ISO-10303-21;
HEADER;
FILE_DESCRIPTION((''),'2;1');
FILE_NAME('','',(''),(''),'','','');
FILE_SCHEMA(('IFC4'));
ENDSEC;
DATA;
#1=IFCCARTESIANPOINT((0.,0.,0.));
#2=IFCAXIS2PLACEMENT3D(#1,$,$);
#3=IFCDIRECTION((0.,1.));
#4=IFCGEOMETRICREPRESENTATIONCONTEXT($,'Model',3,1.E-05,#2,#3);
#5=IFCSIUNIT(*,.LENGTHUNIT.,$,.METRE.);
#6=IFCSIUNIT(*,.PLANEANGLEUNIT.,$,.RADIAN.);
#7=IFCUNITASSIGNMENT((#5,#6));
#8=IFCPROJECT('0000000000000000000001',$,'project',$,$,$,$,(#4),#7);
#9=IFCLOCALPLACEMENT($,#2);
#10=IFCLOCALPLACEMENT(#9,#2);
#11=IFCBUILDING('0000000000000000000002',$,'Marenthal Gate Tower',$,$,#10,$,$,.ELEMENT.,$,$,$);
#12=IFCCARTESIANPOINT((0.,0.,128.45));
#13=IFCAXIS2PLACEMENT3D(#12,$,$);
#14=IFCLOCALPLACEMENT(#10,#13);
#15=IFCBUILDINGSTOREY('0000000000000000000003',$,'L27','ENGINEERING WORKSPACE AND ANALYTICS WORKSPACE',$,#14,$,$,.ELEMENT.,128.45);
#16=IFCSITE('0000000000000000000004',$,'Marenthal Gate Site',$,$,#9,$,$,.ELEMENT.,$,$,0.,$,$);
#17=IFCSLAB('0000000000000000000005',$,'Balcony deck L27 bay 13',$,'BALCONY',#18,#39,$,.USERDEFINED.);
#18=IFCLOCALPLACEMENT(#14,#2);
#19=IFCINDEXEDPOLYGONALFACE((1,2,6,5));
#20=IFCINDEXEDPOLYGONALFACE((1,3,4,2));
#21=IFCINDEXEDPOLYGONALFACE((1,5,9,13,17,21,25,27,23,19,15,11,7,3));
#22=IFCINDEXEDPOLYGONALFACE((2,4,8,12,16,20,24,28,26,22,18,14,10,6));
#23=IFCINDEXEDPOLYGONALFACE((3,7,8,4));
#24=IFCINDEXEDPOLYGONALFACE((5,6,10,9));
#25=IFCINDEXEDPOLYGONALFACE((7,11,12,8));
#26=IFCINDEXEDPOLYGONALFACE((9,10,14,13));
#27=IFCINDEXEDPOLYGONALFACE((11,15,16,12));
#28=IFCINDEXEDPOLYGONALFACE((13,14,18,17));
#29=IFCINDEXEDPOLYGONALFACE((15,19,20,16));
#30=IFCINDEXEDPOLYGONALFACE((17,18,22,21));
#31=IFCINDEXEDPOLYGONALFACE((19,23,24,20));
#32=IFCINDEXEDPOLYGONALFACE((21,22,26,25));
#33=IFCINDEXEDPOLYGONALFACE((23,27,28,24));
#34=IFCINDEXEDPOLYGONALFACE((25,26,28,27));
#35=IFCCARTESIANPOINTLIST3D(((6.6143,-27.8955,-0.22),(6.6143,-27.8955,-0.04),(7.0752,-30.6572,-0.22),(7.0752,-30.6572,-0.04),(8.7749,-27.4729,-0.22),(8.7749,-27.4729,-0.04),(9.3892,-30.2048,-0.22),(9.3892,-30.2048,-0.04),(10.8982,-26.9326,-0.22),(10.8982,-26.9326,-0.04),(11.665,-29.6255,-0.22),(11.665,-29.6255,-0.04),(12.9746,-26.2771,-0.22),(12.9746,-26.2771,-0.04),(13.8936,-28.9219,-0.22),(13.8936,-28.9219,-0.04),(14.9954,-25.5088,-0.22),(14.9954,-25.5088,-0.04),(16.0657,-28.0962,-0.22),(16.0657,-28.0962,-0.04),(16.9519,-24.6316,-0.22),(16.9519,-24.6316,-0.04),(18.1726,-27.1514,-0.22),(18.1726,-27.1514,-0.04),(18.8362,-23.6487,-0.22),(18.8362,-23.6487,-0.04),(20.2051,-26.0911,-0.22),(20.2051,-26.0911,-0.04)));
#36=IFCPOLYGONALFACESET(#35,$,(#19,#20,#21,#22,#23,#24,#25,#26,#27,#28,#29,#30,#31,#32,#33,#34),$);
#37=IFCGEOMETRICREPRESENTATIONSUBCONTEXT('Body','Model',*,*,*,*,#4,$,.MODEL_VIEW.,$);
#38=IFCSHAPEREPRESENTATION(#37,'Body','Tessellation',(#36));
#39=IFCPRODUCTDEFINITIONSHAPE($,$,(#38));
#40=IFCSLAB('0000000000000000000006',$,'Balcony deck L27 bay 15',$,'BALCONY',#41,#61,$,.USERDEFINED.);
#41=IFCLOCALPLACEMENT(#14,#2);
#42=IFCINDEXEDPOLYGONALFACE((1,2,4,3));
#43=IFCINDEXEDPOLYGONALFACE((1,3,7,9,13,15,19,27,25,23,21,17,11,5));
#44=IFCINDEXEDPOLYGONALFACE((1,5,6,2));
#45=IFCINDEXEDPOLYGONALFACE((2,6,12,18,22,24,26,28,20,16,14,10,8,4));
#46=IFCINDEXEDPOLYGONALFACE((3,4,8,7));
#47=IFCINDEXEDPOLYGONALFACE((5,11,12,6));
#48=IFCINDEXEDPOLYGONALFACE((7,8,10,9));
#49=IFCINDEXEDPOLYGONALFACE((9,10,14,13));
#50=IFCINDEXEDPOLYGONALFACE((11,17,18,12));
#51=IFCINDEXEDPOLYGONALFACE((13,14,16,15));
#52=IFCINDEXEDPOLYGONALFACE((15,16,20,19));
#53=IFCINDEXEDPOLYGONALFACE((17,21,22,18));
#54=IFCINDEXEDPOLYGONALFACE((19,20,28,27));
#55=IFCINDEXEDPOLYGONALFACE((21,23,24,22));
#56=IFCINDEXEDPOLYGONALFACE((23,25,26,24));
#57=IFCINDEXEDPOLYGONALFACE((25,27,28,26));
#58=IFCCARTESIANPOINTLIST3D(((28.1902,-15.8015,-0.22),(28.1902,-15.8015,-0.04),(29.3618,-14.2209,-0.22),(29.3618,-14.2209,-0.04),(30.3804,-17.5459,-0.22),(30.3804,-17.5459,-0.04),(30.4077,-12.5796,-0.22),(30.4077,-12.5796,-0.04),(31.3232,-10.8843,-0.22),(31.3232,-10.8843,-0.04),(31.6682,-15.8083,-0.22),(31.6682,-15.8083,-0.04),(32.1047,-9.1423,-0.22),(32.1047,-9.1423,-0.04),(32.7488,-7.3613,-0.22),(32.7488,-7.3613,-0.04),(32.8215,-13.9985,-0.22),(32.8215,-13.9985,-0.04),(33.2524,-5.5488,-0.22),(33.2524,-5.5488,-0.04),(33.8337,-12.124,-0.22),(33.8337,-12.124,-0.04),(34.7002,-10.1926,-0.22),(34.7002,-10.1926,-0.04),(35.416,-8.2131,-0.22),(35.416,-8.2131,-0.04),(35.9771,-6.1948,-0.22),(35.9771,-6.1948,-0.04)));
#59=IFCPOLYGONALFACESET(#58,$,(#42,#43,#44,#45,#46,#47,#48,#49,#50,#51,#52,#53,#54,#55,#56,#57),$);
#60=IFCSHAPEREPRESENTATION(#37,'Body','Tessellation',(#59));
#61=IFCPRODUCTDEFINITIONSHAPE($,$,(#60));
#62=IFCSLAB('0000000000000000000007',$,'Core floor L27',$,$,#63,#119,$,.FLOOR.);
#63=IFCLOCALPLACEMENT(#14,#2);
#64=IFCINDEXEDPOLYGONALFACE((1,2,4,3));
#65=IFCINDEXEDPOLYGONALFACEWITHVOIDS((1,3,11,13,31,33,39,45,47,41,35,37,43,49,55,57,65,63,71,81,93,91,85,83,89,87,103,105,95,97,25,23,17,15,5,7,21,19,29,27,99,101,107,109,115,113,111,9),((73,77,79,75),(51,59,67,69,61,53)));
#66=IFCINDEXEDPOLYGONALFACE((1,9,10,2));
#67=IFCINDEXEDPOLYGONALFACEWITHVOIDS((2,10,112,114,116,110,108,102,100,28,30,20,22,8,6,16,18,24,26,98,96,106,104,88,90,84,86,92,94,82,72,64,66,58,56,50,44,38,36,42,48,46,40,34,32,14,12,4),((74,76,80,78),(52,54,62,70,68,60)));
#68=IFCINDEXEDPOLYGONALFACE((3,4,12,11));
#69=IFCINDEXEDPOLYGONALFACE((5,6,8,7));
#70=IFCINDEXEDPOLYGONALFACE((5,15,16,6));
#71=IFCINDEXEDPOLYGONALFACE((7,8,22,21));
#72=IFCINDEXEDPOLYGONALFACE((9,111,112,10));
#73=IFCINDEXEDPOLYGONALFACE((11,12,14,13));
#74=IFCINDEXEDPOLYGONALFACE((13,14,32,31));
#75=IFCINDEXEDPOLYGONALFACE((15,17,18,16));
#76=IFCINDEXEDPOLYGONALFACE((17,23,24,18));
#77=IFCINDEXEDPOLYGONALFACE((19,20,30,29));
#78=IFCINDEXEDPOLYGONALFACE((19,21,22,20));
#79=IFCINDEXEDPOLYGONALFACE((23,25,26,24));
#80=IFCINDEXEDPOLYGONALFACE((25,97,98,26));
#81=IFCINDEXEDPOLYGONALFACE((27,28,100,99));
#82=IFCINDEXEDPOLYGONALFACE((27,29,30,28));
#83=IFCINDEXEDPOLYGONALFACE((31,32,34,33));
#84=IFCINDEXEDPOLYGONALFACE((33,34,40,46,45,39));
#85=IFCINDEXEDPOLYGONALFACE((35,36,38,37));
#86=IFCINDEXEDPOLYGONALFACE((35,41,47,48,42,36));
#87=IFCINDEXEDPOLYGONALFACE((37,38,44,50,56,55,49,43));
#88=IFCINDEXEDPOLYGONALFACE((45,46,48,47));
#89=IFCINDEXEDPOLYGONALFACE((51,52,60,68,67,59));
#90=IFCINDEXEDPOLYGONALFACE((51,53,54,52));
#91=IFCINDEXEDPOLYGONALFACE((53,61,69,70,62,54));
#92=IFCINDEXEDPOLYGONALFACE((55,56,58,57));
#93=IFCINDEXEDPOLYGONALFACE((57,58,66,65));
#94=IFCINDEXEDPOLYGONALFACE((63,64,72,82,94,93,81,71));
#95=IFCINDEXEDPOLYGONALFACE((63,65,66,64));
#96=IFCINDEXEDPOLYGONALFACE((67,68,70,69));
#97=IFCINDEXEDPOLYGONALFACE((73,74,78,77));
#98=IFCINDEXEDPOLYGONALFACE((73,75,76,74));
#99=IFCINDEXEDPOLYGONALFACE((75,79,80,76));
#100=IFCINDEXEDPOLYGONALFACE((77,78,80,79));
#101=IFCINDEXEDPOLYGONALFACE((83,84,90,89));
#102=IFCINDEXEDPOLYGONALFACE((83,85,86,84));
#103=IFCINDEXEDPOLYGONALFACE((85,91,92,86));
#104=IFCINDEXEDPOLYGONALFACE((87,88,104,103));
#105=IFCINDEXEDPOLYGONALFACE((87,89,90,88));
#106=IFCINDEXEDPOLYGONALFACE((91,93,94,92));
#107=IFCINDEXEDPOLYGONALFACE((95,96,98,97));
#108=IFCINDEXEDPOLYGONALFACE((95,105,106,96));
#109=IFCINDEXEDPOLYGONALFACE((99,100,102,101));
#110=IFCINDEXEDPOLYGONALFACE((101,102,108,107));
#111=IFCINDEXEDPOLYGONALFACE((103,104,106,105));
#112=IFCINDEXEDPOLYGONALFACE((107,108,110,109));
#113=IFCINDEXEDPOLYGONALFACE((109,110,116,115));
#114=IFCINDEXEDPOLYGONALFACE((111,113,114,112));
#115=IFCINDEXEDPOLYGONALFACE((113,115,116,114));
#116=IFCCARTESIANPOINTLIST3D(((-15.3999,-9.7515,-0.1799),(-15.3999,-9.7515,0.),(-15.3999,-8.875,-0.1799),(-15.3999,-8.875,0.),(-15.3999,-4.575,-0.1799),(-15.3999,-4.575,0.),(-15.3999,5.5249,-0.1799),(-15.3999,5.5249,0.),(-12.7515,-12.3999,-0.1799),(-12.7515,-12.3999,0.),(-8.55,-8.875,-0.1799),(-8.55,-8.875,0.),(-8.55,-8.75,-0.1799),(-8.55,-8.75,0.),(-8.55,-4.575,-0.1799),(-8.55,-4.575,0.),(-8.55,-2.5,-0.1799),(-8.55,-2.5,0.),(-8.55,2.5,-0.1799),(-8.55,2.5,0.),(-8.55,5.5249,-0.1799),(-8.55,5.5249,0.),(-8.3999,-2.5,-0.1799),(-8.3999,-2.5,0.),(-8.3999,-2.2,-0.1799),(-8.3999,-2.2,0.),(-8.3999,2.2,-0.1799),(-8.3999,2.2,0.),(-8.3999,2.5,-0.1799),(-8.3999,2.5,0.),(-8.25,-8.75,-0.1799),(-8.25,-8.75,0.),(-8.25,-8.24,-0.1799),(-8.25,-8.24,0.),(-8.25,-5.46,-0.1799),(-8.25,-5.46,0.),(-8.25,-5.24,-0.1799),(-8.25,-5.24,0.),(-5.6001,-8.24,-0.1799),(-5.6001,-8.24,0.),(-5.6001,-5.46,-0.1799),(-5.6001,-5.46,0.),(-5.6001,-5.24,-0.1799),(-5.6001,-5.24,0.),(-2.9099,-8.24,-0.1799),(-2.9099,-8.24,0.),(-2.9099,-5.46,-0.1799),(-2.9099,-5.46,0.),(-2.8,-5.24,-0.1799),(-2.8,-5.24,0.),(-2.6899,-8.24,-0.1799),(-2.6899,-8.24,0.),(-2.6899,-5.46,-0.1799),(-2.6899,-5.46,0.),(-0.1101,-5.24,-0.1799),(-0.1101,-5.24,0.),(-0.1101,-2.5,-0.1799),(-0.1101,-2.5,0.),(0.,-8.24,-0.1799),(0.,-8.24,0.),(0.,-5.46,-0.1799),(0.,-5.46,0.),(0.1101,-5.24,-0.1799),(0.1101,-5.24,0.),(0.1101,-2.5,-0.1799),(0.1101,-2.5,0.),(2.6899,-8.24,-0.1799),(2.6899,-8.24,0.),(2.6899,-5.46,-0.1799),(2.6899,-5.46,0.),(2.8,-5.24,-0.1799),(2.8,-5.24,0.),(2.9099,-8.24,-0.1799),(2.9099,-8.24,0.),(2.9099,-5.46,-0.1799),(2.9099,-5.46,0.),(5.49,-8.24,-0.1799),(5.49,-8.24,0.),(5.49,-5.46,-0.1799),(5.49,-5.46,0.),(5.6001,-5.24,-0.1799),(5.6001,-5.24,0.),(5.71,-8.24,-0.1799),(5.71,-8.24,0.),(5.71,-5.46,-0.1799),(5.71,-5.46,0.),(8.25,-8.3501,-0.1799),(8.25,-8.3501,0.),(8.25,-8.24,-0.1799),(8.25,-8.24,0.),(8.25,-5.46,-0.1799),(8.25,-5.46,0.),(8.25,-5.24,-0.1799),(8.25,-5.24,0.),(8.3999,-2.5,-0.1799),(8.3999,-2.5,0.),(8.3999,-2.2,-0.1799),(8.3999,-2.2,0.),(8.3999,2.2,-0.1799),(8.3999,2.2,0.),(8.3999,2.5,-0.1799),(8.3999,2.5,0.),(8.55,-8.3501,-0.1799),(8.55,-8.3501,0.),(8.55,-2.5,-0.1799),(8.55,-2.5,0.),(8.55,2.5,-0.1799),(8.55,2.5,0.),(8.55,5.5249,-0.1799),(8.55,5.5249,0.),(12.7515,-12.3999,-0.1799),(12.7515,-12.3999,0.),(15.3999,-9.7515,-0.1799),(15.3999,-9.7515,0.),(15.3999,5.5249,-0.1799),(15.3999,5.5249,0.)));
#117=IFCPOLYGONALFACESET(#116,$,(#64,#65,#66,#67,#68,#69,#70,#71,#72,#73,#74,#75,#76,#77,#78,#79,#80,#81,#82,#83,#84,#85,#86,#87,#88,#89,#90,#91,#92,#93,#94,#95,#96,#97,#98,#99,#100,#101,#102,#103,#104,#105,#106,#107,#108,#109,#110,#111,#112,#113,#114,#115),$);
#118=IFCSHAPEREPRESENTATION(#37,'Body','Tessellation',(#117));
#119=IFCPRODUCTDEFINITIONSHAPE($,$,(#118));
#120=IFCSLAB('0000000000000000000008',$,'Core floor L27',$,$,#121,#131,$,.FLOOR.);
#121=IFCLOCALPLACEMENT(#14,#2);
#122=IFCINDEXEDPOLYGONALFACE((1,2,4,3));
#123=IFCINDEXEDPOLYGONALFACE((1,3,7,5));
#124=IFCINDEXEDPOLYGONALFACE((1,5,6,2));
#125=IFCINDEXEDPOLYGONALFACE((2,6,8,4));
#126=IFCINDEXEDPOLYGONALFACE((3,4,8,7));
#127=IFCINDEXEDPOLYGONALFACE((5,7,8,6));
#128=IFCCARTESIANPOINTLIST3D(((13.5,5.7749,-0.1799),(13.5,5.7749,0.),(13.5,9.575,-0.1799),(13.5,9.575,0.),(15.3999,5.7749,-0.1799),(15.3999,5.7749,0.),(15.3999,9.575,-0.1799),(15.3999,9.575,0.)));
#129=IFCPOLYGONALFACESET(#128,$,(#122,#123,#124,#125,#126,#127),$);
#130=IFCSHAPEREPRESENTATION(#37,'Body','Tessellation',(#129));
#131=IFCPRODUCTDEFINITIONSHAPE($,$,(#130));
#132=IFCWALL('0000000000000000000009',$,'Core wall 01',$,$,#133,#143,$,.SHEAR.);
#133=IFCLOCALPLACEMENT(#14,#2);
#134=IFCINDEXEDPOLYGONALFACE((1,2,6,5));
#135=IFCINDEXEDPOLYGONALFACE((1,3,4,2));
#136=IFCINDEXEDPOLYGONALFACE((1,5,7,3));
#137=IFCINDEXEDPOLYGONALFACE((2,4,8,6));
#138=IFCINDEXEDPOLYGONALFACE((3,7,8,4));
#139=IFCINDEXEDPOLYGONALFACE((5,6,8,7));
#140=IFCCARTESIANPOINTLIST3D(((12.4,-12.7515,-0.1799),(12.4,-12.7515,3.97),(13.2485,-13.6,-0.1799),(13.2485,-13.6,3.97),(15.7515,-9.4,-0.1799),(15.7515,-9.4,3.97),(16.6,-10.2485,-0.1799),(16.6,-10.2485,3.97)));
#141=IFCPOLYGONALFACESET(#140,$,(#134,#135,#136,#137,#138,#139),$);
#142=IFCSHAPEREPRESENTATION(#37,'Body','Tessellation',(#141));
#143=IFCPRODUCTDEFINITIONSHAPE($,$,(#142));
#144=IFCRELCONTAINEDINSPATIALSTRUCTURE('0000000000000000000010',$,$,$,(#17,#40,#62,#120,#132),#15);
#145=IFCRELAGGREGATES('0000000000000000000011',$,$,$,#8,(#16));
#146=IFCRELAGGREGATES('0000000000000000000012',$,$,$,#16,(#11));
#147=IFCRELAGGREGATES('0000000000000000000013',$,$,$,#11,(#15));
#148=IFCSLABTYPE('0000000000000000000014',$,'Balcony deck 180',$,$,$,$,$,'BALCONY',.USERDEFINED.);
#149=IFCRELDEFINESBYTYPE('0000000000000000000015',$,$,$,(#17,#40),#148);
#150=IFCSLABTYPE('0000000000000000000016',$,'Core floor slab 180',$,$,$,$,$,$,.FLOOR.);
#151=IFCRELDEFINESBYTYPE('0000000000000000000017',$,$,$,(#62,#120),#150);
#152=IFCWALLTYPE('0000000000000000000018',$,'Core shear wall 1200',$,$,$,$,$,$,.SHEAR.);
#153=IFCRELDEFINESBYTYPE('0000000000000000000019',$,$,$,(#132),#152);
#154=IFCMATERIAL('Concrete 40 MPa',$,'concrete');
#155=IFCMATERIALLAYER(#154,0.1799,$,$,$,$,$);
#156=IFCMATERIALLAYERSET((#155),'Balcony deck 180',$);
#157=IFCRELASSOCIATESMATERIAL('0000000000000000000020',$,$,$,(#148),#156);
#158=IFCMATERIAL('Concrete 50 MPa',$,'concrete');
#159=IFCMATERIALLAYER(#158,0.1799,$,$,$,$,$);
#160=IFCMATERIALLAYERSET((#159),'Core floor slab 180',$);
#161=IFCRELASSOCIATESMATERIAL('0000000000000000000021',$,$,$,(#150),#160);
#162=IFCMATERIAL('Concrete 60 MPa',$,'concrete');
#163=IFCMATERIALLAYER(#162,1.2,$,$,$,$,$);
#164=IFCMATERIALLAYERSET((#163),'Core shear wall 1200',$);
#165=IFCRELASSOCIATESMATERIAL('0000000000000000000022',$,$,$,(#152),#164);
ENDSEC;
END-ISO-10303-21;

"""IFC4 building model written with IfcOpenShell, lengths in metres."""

from ifc_helpers import new_model, si_unit, direction, frame, frame_2d, origin, place, context, subcontext, project, spatial, polyline, rectangle, outline, extrude, material, layer, layer_set, type_object, element, save


model = new_model("IFC4")

# Units and contexts
model_context = context("Model", 3, precision=1e-05, world=origin(), true_north=direction((0.0, 1.0)))
body_context = subcontext(model_context, "Body", "Model", "MODEL_VIEW")
ifc_project = project(units=[si_unit("LENGTHUNIT", "METRE"), si_unit("PLANEANGLEUNIT", "RADIAN")], contexts=[model_context])

# Site, building, storey
site_placement = place(None, origin())
site = spatial("IfcSite", under=ifc_project, at=site_placement, Name="Marenthal Gate Site", CompositionType="ELEMENT", RefElevation=0.0)
building_placement = place(site_placement, origin())
building = spatial("IfcBuilding", under=site, at=building_placement, Name="Marenthal Gate Tower", CompositionType="ELEMENT")
storey_placement = place(building_placement, frame((0.0, 0.0, 128.45)))
storey = spatial("IfcBuildingStorey", under=building, at=storey_placement, Name="L27", Description="ENGINEERING WORKSPACE AND ANALYTICS WORKSPACE", CompositionType="ELEMENT", Elevation=128.45)

# Slabs
ifc_material_1 = material(Name="Concrete 40 MPa", Category="concrete")
ifc_layer_1 = layer(ifc_material_1, 0.1799)
ifc_layer_set_1 = layer_set([ifc_layer_1], Name="Balcony deck 180")
slab_type_1 = type_object("IfcSlabType", Name="Balcony deck 180", ElementType="BALCONY", PredefinedType="USERDEFINED", material=ifc_layer_set_1)
slab_1_placement = place(storey_placement, frame((0.0, 0.0, -0.22)))
element("IfcSlab", 1, at=slab_1_placement, inside=storey, type_object=slab_type_1, Name="Balcony deck L27 bay 13", ObjectType="BALCONY", PredefinedType="USERDEFINED", context=body_context, shape_type="SweptSolid", body=[
    extrude(outline(polyline([(6.6143, -27.8955), (8.7749, -27.4729), (10.8982, -26.9326), (12.9746, -26.2771), (14.9954, -25.5088), (16.9519, -24.6316), (18.8362, -23.6487), (20.2051, -26.0911), (18.1726, -27.1514), (16.0657, -28.0962), (13.8936, -28.9219), (11.665, -29.6255), (9.3892, -30.2048), (7.0752, -30.6572), (6.6143, -27.8955)])), origin(), (0.0, 0.0, 1.0), 0.1799),
])
slab_2_placement = place(storey_placement, frame((0.0, 0.0, -0.22)))
element("IfcSlab", 2, at=slab_2_placement, inside=storey, type_object=slab_type_1, Name="Balcony deck L27 bay 15", ObjectType="BALCONY", PredefinedType="USERDEFINED", context=body_context, shape_type="SweptSolid", body=[
    extrude(outline(polyline([(28.1902, -15.8015), (29.3618, -14.2209), (30.4077, -12.5796), (31.3232, -10.8843), (32.1047, -9.1423), (32.7488, -7.3613), (33.2524, -5.5488), (35.9771, -6.1948), (35.416, -8.2131), (34.7002, -10.1926), (33.8337, -12.124), (32.8215, -13.9985), (31.6682, -15.8083), (30.3804, -17.5459), (28.1902, -15.8015)])), origin(), (0.0, 0.0, 1.0), 0.1799),
])
ifc_material_2 = material(Name="Concrete 50 MPa", Category="concrete")
ifc_layer_2 = layer(ifc_material_2, 0.1799)
ifc_layer_set_2 = layer_set([ifc_layer_2], Name="Core floor slab 180")
slab_type_2 = type_object("IfcSlabType", Name="Core floor slab 180", PredefinedType="FLOOR", material=ifc_layer_set_2)
slab_3_placement = place(storey_placement, frame((0.0, 0.0, -0.1799)))
element("IfcSlab", 3, at=slab_3_placement, inside=storey, type_object=slab_type_2, Name="Core floor L27", PredefinedType="FLOOR", context=body_context, shape_type="SweptSolid", body=[
    extrude(outline(polyline([(15.3999, -9.7515), (12.7515, -12.3999), (-12.7515, -12.3999), (-15.3999, -9.7515), (-15.3999, -8.875), (-8.55, -8.875), (-8.55, -8.75), (-8.25, -8.75), (-8.25, -8.24), (-5.6001, -8.24), (-2.9099, -8.24), (-2.9099, -5.46), (-5.6001, -5.46), (-8.25, -5.46), (-8.25, -5.24), (-5.6001, -5.24), (-2.8, -5.24), (-0.1101, -5.24), (-0.1101, -2.5), (0.1101, -2.5), (0.1101, -5.24), (2.8, -5.24), (5.6001, -5.24), (8.25, -5.24), (8.25, -5.46), (5.71, -5.46), (5.71, -8.24), (8.25, -8.24), (8.25, -8.3501), (8.55, -8.3501), (8.55, -2.5), (8.3999, -2.5), (8.3999, -2.2), (-8.3999, -2.2), (-8.3999, -2.5), (-8.55, -2.5), (-8.55, -4.575), (-15.3999, -4.575), (-15.3999, 5.5249), (-8.55, 5.5249), (-8.55, 2.5), (-8.3999, 2.5), (-8.3999, 2.2), (8.3999, 2.2), (8.3999, 2.5), (8.55, 2.5), (8.55, 5.5249), (15.3999, 5.5249), (15.3999, -9.7515)]), holes=[polyline([(2.6899, -5.46), (0.0, -5.46), (-2.6899, -5.46), (-2.6899, -8.24), (0.0, -8.24), (2.6899, -8.24), (2.6899, -5.46)]), polyline([(5.49, -5.46), (2.9099, -5.46), (2.9099, -8.24), (5.49, -8.24), (5.49, -5.46)])]), origin(), (0.0, 0.0, 1.0), 0.1799),
])
slab_4_placement = place(storey_placement, frame((0.0, 0.0, -0.1799)))
element("IfcSlab", 4, at=slab_4_placement, inside=storey, type_object=slab_type_2, Name="Core floor L27", PredefinedType="FLOOR", context=body_context, shape_type="SweptSolid", body=[
    extrude(outline(polyline([(15.3999, 5.7749), (13.5, 5.7749), (13.5, 9.575), (15.3999, 9.575), (15.3999, 5.7749)])), origin(), (0.0, 0.0, 1.0), 0.1799),
])

# Wall
ifc_material_3 = material(Name="Concrete 60 MPa", Category="concrete")
ifc_layer_3 = layer(ifc_material_3, 1.2)
ifc_layer_set_3 = layer_set([ifc_layer_3], Name="Core shear wall 1200")
wall_type_1 = type_object("IfcWallType", Name="Core shear wall 1200", PredefinedType="SHEAR", material=ifc_layer_set_3)
wall_1_placement = place(storey_placement, frame((12.8242, -13.1758, -0.1799), z_axis=(0.0, 0.0, 1.0), x_axis=(0.707107, 0.707107, 0.0)))
element("IfcWall", 5, at=wall_1_placement, inside=storey, type_object=wall_type_1, Name="Core wall 01", PredefinedType="SHEAR", context=body_context, shape_type="SweptSolid", body=[
    extrude(rectangle(XDim=4.7397, YDim=1.2, at=frame_2d((2.3699, 0.0))), origin(), (0.0, 0.0, 1.0), 4.1499),
])

save(model, "model.ifc")
